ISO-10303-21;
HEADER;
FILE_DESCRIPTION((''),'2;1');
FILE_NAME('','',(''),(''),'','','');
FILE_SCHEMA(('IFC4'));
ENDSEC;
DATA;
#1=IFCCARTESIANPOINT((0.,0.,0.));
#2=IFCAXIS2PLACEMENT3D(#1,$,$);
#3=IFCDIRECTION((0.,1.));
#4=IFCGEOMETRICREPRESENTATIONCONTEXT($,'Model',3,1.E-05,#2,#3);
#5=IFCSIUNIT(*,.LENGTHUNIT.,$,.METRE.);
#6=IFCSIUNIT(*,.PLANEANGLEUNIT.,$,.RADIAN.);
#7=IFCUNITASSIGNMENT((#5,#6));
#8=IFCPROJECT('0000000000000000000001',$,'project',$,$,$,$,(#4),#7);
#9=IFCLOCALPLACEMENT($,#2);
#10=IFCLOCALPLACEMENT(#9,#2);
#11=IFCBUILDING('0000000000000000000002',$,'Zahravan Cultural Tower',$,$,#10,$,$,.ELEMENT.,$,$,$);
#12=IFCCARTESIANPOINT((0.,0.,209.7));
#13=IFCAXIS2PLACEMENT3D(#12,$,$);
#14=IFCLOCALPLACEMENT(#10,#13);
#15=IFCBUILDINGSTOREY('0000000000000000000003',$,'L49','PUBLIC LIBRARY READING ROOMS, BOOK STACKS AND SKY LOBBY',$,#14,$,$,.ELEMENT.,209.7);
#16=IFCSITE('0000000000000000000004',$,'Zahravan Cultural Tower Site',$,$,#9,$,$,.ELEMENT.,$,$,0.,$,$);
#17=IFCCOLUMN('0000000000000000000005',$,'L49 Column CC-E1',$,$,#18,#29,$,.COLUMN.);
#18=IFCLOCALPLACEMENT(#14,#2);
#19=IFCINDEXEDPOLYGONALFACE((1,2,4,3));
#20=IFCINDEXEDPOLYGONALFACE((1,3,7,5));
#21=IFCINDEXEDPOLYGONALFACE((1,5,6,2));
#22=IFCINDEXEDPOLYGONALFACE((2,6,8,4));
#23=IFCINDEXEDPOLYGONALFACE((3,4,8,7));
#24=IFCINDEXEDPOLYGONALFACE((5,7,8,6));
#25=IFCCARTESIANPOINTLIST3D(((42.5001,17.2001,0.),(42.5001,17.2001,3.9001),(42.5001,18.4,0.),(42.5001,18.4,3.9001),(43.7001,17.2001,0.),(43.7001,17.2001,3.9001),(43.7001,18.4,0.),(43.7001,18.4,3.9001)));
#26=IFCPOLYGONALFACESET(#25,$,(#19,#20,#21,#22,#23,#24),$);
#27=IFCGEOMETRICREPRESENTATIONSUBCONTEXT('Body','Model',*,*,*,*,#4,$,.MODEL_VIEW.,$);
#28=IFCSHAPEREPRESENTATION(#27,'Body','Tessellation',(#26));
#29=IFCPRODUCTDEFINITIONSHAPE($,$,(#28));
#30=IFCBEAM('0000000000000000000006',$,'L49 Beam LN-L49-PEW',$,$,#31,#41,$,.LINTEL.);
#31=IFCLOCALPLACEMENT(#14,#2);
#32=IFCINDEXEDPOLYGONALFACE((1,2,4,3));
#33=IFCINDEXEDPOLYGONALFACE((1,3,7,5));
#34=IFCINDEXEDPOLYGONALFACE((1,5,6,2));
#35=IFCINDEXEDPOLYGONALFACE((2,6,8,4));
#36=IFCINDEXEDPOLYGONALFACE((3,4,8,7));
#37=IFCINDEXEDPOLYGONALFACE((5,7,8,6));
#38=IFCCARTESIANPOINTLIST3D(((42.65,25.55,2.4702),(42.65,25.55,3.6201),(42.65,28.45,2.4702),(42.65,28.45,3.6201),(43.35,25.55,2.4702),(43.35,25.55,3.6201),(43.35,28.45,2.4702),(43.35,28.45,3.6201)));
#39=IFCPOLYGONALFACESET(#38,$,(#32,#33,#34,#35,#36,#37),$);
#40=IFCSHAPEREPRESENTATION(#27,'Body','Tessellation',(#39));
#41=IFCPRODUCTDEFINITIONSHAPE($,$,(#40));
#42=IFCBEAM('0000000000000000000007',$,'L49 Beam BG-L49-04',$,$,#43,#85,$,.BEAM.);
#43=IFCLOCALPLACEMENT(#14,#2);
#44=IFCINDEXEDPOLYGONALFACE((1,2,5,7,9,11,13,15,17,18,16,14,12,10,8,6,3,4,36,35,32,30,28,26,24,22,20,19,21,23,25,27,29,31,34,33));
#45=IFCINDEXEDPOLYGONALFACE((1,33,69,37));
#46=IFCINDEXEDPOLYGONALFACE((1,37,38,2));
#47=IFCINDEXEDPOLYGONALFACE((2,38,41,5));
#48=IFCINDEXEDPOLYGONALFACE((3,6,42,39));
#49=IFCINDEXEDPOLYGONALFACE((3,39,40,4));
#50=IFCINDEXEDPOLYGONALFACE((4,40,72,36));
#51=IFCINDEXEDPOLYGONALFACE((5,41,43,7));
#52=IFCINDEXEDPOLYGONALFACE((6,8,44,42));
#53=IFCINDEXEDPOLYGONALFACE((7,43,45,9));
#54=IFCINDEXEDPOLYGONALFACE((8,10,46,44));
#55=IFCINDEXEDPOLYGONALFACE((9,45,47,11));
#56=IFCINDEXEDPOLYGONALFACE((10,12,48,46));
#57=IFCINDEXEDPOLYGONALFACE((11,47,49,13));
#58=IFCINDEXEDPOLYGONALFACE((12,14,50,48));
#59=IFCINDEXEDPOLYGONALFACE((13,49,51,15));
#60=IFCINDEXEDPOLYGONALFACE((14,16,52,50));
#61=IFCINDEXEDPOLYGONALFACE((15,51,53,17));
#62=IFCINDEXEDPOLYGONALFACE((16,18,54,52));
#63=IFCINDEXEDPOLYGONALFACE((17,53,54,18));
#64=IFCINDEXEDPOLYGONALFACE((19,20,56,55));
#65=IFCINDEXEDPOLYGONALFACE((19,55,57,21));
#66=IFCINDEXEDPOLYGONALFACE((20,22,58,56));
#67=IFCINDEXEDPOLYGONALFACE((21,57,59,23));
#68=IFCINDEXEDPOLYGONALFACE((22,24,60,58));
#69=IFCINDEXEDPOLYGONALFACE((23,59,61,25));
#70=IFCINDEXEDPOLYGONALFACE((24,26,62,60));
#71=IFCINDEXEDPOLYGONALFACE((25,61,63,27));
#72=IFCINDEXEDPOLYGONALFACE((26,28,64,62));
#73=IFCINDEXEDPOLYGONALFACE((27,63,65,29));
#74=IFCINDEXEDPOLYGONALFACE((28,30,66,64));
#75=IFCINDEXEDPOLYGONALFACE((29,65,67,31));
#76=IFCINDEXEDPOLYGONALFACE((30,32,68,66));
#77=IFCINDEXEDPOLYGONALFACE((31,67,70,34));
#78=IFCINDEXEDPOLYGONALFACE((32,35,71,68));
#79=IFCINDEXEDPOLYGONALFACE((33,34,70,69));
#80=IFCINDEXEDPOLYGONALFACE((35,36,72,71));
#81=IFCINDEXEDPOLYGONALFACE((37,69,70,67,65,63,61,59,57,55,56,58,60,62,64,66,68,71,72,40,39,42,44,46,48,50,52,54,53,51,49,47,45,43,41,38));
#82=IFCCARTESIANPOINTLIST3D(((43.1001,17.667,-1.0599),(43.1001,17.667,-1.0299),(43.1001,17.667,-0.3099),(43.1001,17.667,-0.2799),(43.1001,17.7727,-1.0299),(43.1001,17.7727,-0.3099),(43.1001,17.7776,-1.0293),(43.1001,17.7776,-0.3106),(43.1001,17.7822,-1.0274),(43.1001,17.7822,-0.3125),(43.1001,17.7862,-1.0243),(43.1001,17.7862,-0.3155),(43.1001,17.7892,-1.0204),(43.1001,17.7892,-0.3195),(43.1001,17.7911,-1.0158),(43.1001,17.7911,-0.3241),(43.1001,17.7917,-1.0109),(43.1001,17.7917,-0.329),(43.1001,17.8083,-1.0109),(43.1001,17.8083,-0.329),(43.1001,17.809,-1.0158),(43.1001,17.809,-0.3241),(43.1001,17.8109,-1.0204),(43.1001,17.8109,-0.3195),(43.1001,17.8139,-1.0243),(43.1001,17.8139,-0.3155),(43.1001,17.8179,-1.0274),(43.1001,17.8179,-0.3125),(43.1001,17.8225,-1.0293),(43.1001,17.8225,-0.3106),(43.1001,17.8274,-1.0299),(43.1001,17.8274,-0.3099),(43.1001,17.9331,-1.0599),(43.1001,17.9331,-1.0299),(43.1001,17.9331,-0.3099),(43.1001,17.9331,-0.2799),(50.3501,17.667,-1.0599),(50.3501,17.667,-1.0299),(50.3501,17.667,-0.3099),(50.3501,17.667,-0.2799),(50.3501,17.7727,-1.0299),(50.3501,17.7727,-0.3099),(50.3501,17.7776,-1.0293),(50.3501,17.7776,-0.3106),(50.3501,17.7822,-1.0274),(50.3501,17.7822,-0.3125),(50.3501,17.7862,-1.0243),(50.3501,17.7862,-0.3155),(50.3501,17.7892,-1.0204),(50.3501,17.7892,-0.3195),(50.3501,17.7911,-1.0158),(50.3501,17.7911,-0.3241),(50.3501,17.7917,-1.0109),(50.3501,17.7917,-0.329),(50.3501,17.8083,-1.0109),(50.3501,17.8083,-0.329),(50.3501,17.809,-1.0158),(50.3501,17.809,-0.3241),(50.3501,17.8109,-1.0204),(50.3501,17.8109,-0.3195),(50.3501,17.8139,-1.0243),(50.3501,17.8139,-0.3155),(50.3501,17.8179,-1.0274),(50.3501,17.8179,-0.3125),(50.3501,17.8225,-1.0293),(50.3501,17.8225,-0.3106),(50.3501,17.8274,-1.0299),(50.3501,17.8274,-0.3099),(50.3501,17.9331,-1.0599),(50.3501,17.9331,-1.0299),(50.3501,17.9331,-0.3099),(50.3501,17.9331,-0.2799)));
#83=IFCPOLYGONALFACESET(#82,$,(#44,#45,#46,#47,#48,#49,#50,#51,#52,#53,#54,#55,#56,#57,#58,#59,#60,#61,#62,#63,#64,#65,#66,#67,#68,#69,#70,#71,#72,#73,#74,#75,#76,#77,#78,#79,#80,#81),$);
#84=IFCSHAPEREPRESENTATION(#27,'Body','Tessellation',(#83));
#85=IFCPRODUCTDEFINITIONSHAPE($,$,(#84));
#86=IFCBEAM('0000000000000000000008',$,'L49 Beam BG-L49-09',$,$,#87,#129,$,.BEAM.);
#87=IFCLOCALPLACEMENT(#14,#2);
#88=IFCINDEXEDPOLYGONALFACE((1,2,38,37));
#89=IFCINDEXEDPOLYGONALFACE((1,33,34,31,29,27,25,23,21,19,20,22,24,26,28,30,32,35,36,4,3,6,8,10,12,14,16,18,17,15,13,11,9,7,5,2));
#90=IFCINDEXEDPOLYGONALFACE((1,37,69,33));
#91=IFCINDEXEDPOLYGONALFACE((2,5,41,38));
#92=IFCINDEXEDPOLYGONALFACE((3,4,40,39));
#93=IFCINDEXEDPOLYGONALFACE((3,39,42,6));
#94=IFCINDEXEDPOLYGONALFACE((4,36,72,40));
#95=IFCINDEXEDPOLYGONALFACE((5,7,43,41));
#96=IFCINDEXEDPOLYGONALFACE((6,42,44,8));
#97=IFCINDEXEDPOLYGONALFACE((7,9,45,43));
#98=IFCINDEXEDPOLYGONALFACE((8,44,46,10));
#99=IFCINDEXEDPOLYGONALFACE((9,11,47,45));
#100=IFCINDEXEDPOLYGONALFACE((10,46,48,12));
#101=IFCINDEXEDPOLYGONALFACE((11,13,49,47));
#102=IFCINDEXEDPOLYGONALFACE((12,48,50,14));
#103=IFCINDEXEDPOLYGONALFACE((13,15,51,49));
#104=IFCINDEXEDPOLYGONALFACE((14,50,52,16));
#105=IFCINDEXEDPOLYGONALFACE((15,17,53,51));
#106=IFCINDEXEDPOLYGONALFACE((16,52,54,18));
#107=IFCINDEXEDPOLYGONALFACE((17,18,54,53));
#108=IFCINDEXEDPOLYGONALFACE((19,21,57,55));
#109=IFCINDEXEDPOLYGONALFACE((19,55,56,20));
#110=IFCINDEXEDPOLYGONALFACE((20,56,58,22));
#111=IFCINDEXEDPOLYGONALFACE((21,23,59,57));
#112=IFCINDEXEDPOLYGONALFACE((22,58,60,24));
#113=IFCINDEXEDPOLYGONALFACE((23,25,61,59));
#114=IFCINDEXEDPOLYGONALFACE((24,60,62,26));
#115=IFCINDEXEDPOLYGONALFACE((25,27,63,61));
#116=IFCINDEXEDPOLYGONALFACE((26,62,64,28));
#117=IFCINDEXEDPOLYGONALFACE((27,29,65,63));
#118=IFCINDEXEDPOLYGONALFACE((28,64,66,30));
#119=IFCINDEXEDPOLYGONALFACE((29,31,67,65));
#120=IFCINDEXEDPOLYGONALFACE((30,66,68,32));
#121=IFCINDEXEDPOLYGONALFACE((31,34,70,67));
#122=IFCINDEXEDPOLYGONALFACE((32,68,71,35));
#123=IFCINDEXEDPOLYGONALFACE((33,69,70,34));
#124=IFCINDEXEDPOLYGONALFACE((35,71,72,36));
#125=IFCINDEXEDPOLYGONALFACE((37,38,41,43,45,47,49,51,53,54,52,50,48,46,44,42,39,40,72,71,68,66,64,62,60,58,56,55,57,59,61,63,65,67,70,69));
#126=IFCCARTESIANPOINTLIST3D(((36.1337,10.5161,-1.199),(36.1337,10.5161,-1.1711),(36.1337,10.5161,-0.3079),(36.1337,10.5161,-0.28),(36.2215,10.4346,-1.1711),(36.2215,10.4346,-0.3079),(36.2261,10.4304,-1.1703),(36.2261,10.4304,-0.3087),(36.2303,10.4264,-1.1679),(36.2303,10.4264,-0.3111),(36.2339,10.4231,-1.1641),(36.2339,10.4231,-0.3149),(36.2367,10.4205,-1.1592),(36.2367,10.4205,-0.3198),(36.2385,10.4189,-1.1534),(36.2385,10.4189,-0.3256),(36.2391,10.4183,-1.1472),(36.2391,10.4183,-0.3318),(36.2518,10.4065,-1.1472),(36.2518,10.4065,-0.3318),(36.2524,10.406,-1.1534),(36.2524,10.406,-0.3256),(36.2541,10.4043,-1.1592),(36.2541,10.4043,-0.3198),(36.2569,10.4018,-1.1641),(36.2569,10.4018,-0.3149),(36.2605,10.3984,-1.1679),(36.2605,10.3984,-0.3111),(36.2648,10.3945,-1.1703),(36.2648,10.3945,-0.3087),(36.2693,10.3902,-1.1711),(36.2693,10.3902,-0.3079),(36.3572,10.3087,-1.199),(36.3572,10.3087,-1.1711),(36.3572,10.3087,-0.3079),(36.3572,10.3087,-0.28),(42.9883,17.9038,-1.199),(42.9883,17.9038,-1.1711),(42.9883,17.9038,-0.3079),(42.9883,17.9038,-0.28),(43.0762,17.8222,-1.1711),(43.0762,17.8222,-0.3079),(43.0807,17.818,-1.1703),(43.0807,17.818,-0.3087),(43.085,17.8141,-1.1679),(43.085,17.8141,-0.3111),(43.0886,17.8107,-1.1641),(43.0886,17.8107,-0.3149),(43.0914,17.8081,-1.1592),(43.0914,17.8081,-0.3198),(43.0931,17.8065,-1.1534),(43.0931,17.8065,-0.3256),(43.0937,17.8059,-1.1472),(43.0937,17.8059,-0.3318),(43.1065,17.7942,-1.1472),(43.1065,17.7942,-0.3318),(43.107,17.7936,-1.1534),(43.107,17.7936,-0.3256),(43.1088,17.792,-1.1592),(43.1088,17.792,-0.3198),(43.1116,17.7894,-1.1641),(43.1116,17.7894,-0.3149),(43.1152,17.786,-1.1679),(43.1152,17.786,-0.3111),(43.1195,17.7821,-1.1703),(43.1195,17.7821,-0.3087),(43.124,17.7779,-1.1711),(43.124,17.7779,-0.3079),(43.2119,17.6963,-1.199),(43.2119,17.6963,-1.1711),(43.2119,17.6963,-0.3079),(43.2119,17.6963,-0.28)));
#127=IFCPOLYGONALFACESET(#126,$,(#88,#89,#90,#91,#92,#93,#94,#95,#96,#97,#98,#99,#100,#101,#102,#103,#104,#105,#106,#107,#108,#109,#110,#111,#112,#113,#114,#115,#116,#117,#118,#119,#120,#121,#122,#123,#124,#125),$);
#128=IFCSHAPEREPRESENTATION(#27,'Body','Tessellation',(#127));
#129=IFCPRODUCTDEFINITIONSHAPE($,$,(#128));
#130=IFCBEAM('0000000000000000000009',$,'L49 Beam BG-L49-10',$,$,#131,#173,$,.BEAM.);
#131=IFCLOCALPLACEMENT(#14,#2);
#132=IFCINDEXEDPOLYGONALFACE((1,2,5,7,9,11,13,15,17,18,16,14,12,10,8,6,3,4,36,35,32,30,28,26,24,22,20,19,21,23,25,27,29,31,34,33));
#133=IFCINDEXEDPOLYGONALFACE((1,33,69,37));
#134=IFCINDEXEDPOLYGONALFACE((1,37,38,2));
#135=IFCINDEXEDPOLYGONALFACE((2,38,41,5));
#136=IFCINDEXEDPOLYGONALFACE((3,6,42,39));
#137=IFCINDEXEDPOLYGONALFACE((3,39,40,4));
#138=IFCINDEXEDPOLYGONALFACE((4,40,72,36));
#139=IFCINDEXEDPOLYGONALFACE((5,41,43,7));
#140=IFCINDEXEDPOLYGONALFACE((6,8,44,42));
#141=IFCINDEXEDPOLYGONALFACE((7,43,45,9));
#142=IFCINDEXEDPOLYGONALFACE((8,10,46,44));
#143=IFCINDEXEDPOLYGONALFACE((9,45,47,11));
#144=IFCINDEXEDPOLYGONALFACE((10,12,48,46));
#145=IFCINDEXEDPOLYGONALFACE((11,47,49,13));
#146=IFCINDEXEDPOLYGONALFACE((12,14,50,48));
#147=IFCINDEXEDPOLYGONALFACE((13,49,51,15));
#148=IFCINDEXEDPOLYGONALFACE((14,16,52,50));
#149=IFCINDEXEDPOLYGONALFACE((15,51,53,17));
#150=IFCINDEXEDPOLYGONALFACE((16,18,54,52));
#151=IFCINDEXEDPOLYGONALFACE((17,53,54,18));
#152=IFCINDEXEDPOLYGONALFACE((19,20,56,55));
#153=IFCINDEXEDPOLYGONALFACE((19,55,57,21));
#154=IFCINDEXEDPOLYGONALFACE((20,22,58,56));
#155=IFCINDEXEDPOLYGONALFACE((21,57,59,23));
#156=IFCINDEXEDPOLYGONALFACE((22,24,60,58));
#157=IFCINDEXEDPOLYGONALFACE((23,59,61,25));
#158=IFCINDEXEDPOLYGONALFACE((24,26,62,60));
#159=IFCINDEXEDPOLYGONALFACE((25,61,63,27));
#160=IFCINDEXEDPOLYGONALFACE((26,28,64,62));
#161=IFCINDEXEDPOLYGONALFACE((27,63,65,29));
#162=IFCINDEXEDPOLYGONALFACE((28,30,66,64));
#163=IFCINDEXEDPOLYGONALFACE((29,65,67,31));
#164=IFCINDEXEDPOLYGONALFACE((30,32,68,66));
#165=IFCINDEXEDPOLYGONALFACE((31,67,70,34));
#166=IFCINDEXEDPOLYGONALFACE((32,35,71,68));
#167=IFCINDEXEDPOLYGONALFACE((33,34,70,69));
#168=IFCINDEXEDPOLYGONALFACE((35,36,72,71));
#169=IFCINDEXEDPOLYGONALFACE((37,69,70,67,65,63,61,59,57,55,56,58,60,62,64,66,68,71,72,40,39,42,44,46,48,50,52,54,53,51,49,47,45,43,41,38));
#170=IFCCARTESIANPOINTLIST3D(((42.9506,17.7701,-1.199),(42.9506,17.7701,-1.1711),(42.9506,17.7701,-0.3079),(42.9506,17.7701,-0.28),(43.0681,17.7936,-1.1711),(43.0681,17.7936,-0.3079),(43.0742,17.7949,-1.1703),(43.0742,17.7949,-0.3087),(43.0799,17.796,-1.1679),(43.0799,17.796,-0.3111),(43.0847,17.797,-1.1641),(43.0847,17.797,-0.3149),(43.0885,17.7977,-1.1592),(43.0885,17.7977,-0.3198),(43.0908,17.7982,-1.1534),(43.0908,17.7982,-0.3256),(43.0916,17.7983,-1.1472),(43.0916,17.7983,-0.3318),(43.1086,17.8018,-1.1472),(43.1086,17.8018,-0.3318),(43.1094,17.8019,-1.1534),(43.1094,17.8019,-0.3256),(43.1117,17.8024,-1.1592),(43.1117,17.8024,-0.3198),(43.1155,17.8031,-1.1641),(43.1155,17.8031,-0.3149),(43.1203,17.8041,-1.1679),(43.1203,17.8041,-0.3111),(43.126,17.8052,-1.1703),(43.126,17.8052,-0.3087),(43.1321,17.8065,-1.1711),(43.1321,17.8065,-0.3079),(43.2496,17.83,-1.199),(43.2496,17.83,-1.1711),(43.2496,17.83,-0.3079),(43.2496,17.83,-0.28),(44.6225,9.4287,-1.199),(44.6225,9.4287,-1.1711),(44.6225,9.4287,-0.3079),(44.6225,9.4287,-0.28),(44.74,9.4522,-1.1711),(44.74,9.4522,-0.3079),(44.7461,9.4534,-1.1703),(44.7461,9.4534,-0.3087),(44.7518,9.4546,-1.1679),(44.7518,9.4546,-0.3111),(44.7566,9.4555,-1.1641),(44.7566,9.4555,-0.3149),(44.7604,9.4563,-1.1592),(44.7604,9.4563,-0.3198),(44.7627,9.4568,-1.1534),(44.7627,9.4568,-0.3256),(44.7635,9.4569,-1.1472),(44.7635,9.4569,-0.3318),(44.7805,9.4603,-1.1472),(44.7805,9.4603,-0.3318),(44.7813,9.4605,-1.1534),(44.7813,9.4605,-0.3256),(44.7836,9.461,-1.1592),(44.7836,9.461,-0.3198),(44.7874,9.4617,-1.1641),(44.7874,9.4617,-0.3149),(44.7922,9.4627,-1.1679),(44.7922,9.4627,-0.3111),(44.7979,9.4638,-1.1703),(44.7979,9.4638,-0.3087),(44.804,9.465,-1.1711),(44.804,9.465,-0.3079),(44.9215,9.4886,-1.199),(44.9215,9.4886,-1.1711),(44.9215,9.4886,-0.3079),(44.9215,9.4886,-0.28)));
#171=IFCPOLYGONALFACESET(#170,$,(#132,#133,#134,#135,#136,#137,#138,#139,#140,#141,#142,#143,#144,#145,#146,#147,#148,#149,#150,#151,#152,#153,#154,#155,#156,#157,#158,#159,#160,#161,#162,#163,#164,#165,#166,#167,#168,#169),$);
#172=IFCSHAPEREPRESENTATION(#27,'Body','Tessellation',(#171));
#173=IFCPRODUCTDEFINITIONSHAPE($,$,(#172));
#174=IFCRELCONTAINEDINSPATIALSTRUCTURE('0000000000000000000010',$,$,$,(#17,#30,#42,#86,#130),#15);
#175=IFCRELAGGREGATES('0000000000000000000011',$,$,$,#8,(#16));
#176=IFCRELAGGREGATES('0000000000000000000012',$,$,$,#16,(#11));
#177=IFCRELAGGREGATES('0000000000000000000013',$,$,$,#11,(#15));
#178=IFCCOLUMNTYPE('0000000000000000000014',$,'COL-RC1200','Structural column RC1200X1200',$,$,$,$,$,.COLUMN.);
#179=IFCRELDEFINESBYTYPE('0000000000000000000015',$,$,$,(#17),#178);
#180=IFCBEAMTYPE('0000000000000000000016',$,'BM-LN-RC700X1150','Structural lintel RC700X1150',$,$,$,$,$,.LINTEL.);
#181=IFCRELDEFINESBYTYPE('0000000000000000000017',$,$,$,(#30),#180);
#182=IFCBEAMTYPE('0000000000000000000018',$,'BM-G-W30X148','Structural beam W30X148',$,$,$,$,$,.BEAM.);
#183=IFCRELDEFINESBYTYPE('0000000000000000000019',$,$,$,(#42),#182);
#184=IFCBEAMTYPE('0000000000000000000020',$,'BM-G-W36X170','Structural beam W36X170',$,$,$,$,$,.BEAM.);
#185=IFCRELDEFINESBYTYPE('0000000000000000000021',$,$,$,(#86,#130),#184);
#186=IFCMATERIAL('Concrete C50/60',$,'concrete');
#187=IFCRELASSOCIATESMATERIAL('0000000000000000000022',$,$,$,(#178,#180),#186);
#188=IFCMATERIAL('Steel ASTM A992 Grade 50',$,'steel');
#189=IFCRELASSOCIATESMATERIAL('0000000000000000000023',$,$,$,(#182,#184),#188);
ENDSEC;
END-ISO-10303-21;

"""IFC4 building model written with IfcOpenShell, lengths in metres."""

from ifc_helpers import new_model, si_unit, direction, frame, origin, origin_2d, place, context, subcontext, project, spatial, rectangle, i_section, extrude, source, transform, mapped, material, material_profile, profile_set, type_object, element, save


model = new_model("IFC4")

# Units and contexts
model_context = context("Model", 3, precision=1e-05, world=origin(), true_north=direction((0.0, 1.0)))
body_context = subcontext(model_context, "Body", "Model", "MODEL_VIEW")
ifc_project = project(units=[si_unit("LENGTHUNIT", "METRE"), si_unit("PLANEANGLEUNIT", "RADIAN")], contexts=[model_context])

# Site, building, storey
site_placement = place(None, origin())
site = spatial("IfcSite", under=ifc_project, at=site_placement, Name="Zahravan Cultural Tower Site", CompositionType="ELEMENT", RefElevation=0.0)
building_placement = place(site_placement, origin())
building = spatial("IfcBuilding", under=site, at=building_placement, Name="Zahravan Cultural Tower", CompositionType="ELEMENT")
storey_placement = place(building_placement, frame((0.0, 0.0, 209.7)))
storey = spatial("IfcBuildingStorey", under=building, at=storey_placement, Name="L49", Description="PUBLIC LIBRARY READING ROOMS, BOOK STACKS AND SKY LOBBY", CompositionType="ELEMENT", Elevation=209.7)

# Column
ifc_material_1 = material(Name="Concrete C50/60", Category="concrete")
ifc_material_profile_1 = material_profile(ifc_material_1, rectangle(XDim=1.2, YDim=1.2, at=origin_2d()), Name="RC1200X1200")
ifc_profile_set_1 = profile_set([ifc_material_profile_1], Name="Concrete C50/60")
column_type = type_object("IfcColumnType", Name="COL-RC1200", Description="Structural column RC1200X1200", PredefinedType="COLUMN", material=ifc_profile_set_1)
shared_shape_1 = source(origin(), body_context, "Body", "SweptSolid", [
    extrude(rectangle(XDim=1.2, YDim=1.2, at=origin_2d()), origin(), (0.0, 0.0, 1.0), 3.9001),
])
column_placement = place(storey_placement, frame((43.1001, 17.8, 0.0), z_axis=(0.0, 0.0, 1.0), x_axis=(1.0, 0.0, 0.0)))
element("IfcColumn", 1, at=column_placement, inside=storey, type_object=column_type, Name="L49 Column CC-E1", PredefinedType="COLUMN", context=body_context, shape_type="MappedRepresentation", body=[
    mapped(shared_shape_1, transform((0.0, 0.0, 0.0), x_axis=(1.0, 0.0, 0.0), y_axis=(0.0, 1.0, 0.0), z_axis=(0.0, 0.0, 1.0), scale=1.0)),
])

# Beams
ifc_material_profile_2 = material_profile(ifc_material_1, rectangle(XDim=0.7, YDim=1.1499, at=origin_2d()), Name="RC700X1150")
ifc_profile_set_2 = profile_set([ifc_material_profile_2], Name="Concrete C50/60")
beam_type_1 = type_object("IfcBeamType", Name="BM-LN-RC700X1150", Description="Structural lintel RC700X1150", PredefinedType="LINTEL", material=ifc_profile_set_2)
shared_shape_2 = source(origin(), body_context, "Body", "SweptSolid", [
    extrude(rectangle(XDim=0.7, YDim=1.1499, at=origin_2d()), origin(), (0.0, 0.0, 1.0), 2.8999),
])
beam_1_placement = place(storey_placement, frame((43.0, 25.55, 3.0452), z_axis=(0.0, 1.0, 0.0), x_axis=(-1.0, 0.0, 0.0)))
element("IfcBeam", 2, at=beam_1_placement, inside=storey, type_object=beam_type_1, Name="L49 Beam LN-L49-PEW", PredefinedType="LINTEL", context=body_context, shape_type="MappedRepresentation", body=[
    mapped(shared_shape_2, transform((0.0, 0.0, 0.0), x_axis=(1.0, 0.0, 0.0), y_axis=(0.0, 1.0, 0.0), z_axis=(0.0, 0.0, 1.0), scale=1.0)),
])
ifc_material_2 = material(Name="Steel ASTM A992 Grade 50", Category="steel")
ifc_material_profile_3 = material_profile(ifc_material_2, i_section(OverallWidth=0.2661, OverallDepth=0.78, WebThickness=0.0166, FlangeThickness=0.03, FilletRadius=0.019, at=origin_2d()), Name="W30X148")
ifc_profile_set_3 = profile_set([ifc_material_profile_3], Name="Steel ASTM A992 Grade 50")
beam_type_2 = type_object("IfcBeamType", Name="BM-G-W30X148", Description="Structural beam W30X148", PredefinedType="BEAM", material=ifc_profile_set_3)
shared_shape_3 = source(origin(), body_context, "Body", "SweptSolid", [
    extrude(i_section(OverallWidth=0.2661, OverallDepth=0.78, WebThickness=0.0166, FlangeThickness=0.03, FilletRadius=0.019, at=origin_2d()), origin(), (0.0, 0.0, 1.0), 7.25),
])
beam_2_placement = place(storey_placement, frame((43.1001, 17.8, -0.6699), z_axis=(1.0, 0.0, 0.0), x_axis=(0.0, 1.0, 0.0)))
element("IfcBeam", 3, at=beam_2_placement, inside=storey, type_object=beam_type_2, Name="L49 Beam BG-L49-04", PredefinedType="BEAM", context=body_context, shape_type="MappedRepresentation", body=[
    mapped(shared_shape_3, transform((0.0, 0.0, 0.0), x_axis=(1.0, 0.0, 0.0), y_axis=(0.0, 1.0, 0.0), z_axis=(0.0, 0.0, 1.0), scale=1.0)),
])
ifc_material_profile_4 = material_profile(ifc_material_2, i_section(OverallWidth=0.3049, OverallDepth=0.9189, WebThickness=0.0173, FlangeThickness=0.0278, FilletRadius=0.0239, at=origin_2d()), Name="W36X170")
ifc_profile_set_4 = profile_set([ifc_material_profile_4], Name="Steel ASTM A992 Grade 50")
beam_type_3 = type_object("IfcBeamType", Name="BM-G-W36X170", Description="Structural beam W36X170", PredefinedType="BEAM", material=ifc_profile_set_4)
shared_shape_4 = source(origin(), body_context, "Body", "SweptSolid", [
    extrude(i_section(OverallWidth=0.3049, OverallDepth=0.9189, WebThickness=0.0173, FlangeThickness=0.0278, FilletRadius=0.0239, at=origin_2d()), origin(), (0.0, 0.0, 1.0), 10.0779),
])
beam_3_placement = place(storey_placement, frame((43.1001, 17.8, -0.7395), z_axis=(-0.68017, -0.733054, 0.0), x_axis=(0.733054, -0.68017, 0.0)))
element("IfcBeam", 4, at=beam_3_placement, inside=storey, type_object=beam_type_3, Name="L49 Beam BG-L49-09", PredefinedType="BEAM", context=body_context, shape_type="MappedRepresentation", body=[
    mapped(shared_shape_4, transform((0.0, 0.0, 0.0), x_axis=(1.0, 0.0, 0.0), y_axis=(0.0, 1.0, 0.0), z_axis=(0.0, 0.0, 1.0), scale=1.0)),
])
shared_shape_5 = source(origin(), body_context, "Body", "SweptSolid", [
    extrude(i_section(OverallWidth=0.3049, OverallDepth=0.9189, WebThickness=0.0173, FlangeThickness=0.0278, FilletRadius=0.0239, at=origin_2d()), origin(), (0.0, 0.0, 1.0), 8.5073),
])
beam_4_placement = place(storey_placement, frame((43.1001, 17.8, -0.7395), z_axis=(0.196525, -0.980499, 0.0), x_axis=(0.980499, 0.196525, 0.0)))
element("IfcBeam", 5, at=beam_4_placement, inside=storey, type_object=beam_type_3, Name="L49 Beam BG-L49-10", PredefinedType="BEAM", context=body_context, shape_type="MappedRepresentation", body=[
    mapped(shared_shape_5, transform((0.0, 0.0, 0.0), x_axis=(1.0, 0.0, 0.0), y_axis=(0.0, 1.0, 0.0), z_axis=(0.0, 0.0, 1.0), scale=1.0)),
])

save(model, "model.ifc")
